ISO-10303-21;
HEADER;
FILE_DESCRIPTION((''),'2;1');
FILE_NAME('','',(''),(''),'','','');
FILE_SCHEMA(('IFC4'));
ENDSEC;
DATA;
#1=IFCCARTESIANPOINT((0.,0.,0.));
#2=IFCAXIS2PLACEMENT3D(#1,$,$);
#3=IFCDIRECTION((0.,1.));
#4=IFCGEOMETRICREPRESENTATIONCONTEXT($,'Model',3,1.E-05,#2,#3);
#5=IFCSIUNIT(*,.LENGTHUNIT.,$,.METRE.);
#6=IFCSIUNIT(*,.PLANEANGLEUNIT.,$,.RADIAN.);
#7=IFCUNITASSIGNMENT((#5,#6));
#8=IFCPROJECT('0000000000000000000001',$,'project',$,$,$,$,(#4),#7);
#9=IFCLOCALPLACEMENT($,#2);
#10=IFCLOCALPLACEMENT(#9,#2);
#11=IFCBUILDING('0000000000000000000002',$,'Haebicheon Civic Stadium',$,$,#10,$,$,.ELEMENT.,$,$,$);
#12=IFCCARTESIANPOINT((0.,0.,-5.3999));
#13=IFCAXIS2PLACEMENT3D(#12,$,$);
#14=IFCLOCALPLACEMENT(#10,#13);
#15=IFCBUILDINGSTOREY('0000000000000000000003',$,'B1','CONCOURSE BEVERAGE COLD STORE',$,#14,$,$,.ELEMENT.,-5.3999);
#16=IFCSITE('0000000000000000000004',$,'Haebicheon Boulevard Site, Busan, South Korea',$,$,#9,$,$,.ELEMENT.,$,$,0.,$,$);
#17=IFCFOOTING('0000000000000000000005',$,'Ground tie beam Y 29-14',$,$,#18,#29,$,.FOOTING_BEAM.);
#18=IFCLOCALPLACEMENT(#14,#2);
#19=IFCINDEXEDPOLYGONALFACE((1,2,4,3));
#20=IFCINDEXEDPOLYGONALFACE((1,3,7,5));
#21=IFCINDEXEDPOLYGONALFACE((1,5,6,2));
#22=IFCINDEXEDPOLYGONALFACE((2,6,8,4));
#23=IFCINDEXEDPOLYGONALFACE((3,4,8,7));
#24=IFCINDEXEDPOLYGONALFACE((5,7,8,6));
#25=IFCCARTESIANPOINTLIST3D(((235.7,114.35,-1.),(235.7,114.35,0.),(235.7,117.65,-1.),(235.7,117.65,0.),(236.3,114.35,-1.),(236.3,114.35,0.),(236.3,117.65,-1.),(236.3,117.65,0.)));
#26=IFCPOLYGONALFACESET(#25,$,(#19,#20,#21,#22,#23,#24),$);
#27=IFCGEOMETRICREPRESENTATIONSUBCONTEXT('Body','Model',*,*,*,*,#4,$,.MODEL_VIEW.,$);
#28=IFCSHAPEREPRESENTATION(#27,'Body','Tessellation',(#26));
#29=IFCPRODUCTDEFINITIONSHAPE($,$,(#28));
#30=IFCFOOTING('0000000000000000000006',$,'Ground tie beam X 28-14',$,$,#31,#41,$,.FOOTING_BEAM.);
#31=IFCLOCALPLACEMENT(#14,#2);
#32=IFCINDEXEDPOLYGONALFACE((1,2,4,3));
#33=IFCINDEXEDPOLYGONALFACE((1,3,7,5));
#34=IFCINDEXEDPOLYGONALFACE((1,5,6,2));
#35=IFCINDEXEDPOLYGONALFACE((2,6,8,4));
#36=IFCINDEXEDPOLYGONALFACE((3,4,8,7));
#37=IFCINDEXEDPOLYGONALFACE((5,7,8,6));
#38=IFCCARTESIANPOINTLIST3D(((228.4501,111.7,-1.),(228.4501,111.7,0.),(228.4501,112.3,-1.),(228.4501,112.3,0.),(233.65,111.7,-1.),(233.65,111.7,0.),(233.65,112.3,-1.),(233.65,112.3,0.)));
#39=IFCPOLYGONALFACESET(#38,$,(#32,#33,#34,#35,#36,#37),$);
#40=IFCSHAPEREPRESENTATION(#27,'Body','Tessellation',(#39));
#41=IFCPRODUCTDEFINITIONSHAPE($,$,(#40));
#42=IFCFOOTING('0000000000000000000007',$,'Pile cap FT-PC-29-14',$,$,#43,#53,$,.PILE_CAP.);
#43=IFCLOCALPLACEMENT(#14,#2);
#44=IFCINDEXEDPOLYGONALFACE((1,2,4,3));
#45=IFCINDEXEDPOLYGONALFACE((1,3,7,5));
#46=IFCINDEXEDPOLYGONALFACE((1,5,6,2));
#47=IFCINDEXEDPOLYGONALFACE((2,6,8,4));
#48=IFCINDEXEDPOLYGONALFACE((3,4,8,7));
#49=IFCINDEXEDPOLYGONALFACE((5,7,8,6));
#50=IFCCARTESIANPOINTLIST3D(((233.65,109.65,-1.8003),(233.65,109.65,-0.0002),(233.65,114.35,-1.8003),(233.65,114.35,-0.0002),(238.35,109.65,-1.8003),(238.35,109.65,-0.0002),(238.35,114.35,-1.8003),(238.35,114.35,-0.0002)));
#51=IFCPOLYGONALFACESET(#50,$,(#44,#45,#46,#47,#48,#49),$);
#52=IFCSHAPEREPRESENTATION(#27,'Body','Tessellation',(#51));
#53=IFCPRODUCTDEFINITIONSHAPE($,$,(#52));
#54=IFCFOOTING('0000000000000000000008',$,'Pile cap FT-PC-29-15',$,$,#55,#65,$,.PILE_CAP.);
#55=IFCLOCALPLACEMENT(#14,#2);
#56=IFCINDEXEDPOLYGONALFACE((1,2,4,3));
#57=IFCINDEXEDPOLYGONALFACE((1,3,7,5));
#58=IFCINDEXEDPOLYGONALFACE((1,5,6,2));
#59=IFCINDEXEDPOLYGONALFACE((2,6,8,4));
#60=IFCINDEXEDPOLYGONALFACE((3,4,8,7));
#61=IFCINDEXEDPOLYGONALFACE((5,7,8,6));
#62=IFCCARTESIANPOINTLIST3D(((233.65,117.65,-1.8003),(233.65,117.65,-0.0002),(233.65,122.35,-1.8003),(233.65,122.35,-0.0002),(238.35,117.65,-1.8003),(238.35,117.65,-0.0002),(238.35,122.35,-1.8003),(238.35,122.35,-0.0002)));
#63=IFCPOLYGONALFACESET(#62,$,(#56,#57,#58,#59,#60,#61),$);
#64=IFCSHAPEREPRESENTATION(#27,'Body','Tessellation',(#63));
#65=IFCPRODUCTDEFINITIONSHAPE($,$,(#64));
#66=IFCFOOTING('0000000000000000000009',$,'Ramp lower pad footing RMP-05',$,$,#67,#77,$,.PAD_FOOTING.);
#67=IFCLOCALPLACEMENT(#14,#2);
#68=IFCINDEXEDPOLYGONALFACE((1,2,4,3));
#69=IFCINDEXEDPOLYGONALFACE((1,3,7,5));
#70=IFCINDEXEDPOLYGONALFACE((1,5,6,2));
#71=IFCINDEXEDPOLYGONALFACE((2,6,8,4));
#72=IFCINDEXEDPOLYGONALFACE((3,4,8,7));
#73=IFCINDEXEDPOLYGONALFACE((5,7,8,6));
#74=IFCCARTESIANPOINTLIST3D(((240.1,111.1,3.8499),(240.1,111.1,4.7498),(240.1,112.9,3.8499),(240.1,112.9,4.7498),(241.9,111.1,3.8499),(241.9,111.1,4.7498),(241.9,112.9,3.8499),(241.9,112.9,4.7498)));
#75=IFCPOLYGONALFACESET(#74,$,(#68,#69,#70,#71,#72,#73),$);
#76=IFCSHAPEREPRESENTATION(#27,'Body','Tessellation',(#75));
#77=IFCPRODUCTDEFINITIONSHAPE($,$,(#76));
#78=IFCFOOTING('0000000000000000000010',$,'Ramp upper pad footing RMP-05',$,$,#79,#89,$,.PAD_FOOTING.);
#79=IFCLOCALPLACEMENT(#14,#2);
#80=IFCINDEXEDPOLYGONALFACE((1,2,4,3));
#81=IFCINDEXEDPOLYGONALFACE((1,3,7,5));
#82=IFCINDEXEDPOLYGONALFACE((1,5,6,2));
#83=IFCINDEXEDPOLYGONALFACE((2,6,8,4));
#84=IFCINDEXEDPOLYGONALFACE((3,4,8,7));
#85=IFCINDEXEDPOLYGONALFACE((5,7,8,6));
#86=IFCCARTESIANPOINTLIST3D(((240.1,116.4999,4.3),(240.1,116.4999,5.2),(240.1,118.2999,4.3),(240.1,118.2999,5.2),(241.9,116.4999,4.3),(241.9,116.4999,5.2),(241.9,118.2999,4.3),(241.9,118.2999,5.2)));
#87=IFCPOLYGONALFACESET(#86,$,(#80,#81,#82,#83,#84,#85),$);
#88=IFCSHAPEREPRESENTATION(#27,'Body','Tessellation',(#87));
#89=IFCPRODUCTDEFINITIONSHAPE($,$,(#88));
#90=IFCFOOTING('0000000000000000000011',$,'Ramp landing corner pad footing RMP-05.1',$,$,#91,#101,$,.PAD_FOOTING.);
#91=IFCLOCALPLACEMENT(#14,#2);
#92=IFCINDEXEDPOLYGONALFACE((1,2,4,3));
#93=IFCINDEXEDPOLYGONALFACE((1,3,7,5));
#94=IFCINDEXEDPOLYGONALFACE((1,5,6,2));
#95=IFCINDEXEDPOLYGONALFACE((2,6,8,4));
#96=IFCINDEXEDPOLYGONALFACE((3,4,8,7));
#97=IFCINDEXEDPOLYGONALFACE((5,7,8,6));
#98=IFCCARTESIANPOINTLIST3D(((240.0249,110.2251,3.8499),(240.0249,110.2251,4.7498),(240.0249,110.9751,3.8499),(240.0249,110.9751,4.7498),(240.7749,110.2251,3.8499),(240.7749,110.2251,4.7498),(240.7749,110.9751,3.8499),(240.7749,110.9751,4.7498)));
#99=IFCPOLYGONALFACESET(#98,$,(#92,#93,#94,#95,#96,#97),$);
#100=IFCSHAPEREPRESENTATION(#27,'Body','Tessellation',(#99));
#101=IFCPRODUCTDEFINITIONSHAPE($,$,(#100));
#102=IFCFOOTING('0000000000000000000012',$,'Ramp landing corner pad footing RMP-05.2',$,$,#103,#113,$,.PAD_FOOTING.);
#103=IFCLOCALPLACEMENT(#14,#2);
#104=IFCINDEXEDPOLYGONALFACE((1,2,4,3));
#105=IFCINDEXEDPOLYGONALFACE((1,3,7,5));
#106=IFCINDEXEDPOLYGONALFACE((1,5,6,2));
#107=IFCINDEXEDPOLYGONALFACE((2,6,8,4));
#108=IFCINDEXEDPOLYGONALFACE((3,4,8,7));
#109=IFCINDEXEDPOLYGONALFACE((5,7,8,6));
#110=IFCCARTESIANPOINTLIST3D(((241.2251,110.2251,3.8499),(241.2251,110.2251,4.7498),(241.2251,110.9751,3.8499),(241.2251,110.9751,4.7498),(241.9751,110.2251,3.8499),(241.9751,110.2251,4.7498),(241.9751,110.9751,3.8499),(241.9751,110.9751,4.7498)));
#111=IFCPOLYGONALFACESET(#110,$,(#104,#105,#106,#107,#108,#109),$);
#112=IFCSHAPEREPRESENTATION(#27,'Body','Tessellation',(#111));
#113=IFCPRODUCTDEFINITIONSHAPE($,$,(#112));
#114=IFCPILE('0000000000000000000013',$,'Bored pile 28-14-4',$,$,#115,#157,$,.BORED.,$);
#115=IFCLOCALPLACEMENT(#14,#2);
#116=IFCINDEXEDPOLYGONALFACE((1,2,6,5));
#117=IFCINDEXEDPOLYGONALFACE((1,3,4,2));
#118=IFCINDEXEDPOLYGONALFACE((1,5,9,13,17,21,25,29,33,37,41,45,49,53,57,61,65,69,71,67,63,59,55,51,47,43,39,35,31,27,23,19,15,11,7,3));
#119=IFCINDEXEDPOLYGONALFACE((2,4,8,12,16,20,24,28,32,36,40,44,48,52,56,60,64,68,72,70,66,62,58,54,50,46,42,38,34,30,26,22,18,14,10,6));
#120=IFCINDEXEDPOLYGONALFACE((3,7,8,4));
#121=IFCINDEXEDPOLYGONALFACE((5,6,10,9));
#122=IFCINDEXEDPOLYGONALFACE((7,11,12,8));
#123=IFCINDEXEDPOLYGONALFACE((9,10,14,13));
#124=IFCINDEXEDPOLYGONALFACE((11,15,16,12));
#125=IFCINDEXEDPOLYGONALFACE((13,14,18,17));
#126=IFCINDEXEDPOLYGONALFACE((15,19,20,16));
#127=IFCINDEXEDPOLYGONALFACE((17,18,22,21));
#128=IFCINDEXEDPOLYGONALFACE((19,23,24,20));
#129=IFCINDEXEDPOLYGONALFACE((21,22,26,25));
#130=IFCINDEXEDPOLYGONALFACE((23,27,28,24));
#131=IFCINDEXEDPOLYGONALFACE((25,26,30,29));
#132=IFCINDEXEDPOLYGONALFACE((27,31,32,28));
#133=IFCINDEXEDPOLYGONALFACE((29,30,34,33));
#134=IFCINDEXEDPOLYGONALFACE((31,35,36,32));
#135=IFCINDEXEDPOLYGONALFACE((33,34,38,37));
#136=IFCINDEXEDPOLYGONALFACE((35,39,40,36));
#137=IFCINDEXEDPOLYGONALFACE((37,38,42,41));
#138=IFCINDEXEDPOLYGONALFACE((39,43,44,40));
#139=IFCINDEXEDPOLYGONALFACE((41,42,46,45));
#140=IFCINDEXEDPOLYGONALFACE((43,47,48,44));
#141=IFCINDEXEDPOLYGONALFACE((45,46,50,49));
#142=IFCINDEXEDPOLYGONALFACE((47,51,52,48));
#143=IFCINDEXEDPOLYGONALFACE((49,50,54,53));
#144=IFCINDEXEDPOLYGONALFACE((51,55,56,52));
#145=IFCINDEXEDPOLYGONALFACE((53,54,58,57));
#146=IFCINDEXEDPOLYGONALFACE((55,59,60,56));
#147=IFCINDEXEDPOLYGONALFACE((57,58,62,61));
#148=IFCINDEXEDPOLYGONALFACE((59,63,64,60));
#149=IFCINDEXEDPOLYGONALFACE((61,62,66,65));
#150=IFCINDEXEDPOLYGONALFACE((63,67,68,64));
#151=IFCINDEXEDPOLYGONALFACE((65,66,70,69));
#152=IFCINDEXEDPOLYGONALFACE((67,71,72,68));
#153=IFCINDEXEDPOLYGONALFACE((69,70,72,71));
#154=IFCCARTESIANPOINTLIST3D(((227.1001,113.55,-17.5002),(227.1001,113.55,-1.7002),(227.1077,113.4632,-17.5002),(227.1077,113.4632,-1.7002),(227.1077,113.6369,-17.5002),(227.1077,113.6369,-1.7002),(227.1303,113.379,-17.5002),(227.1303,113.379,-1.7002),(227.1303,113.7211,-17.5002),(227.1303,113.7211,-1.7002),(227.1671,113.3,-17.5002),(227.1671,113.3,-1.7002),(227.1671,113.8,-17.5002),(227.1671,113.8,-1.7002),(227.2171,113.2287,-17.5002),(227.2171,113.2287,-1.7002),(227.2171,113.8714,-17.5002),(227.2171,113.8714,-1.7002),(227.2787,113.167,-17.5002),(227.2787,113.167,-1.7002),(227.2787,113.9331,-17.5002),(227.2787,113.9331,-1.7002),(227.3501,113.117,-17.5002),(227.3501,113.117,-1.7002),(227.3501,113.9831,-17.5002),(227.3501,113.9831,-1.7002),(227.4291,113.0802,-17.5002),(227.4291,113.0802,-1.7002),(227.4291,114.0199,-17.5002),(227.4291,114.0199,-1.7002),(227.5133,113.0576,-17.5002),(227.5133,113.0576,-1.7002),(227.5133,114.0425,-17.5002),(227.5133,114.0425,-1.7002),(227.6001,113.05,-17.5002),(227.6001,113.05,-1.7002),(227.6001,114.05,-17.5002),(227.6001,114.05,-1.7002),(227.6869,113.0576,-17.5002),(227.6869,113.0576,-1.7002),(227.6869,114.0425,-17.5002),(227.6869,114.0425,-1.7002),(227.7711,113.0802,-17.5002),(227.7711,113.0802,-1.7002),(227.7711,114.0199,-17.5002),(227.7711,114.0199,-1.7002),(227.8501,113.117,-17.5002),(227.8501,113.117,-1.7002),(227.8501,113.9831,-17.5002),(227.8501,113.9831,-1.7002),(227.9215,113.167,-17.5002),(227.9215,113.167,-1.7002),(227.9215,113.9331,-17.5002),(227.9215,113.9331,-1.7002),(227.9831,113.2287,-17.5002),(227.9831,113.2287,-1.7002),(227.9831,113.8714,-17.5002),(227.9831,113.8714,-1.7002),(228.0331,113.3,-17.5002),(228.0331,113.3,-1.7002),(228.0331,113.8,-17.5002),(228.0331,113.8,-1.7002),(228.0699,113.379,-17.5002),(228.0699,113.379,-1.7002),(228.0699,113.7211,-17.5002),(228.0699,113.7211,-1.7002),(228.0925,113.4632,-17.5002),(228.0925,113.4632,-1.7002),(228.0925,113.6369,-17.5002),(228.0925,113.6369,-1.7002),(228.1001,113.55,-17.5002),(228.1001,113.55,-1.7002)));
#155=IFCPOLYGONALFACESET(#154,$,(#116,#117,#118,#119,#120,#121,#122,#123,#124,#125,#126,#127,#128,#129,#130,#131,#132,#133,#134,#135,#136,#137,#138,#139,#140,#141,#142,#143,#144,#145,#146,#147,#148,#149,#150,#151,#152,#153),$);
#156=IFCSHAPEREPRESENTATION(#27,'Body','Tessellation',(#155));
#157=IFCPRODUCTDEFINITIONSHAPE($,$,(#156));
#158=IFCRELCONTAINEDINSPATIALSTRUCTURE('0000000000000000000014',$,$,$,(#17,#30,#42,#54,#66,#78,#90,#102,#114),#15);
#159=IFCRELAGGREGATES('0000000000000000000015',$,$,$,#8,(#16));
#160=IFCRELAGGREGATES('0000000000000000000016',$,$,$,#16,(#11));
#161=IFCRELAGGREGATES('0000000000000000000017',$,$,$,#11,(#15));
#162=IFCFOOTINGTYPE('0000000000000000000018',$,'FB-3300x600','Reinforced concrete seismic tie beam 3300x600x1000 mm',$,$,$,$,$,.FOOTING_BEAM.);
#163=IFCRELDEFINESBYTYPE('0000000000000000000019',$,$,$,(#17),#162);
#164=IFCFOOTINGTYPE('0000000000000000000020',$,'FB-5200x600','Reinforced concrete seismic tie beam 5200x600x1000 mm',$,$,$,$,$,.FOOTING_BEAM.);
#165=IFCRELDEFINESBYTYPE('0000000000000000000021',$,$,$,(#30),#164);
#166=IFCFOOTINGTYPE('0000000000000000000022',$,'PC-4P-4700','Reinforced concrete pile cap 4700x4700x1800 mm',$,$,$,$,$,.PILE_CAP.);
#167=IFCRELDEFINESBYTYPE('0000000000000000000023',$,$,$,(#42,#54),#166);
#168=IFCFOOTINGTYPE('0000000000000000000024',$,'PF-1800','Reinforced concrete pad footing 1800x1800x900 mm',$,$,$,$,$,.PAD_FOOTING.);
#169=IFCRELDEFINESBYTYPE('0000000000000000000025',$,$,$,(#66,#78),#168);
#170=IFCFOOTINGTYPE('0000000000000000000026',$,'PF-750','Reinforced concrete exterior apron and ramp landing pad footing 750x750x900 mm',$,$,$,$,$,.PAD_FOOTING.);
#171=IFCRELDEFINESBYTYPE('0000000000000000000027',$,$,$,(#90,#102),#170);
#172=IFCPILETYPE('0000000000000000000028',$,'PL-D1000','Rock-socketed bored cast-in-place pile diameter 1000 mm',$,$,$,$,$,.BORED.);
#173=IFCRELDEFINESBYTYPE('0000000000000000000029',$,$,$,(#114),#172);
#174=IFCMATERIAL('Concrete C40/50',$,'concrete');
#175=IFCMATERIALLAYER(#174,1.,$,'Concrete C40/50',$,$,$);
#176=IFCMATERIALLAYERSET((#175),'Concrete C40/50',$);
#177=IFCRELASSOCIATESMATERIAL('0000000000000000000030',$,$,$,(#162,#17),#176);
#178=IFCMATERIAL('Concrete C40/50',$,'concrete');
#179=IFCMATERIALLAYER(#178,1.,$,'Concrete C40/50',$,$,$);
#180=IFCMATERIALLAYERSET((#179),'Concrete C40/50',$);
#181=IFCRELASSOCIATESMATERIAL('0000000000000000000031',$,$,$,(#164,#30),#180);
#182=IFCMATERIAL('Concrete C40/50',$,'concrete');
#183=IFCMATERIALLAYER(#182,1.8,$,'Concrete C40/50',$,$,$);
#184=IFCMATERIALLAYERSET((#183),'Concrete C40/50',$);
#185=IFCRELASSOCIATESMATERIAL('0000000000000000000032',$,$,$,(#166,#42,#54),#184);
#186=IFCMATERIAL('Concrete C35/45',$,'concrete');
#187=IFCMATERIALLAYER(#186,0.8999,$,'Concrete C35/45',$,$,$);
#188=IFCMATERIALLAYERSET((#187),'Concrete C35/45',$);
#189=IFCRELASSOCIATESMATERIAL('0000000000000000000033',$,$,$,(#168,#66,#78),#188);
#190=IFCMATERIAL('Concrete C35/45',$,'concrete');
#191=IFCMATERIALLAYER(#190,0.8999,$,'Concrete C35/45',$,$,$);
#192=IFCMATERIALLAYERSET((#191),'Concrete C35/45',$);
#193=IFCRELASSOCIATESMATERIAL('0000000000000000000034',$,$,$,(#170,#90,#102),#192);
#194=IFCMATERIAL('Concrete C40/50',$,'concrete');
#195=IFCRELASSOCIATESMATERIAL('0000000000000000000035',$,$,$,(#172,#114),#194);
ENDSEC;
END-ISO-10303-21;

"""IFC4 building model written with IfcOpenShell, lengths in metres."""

from ifc_helpers import new_model, si_unit, direction, frame, origin, origin_2d, place, context, subcontext, project, spatial, rectangle, circle, extrude, material, layer, layer_set, material_profile, profile_set, type_object, element, save


model = new_model("IFC4")

# Units and contexts
model_context = context("Model", 3, precision=1e-05, world=origin(), true_north=direction((0.0, 1.0)))
body_context = subcontext(model_context, "Body", "Model", "MODEL_VIEW")
ifc_project = project(units=[si_unit("LENGTHUNIT", "METRE"), si_unit("PLANEANGLEUNIT", "RADIAN")], contexts=[model_context])

# Site, building, storey
site_placement = place(None, origin())
site = spatial("IfcSite", under=ifc_project, at=site_placement, Name="Haebicheon Boulevard Site, Busan, South Korea", CompositionType="ELEMENT", RefElevation=0.0)
building_placement = place(site_placement, origin())
building = spatial("IfcBuilding", under=site, at=building_placement, Name="Haebicheon Civic Stadium", CompositionType="ELEMENT")
storey_placement = place(building_placement, frame((0.0, 0.0, -5.3999)))
storey = spatial("IfcBuildingStorey", under=building, at=storey_placement, Name="B1", Description="CONCOURSE BEVERAGE COLD STORE", CompositionType="ELEMENT", Elevation=-5.3999)

# Footings
ifc_material_1 = material(Name="Concrete C40/50", Category="concrete")
ifc_layer_1 = layer(ifc_material_1, 1.0, Name="Concrete C40/50")
ifc_layer_set_1 = layer_set([ifc_layer_1], Name="Concrete C40/50")
footing_type_1 = type_object("IfcFootingType", Name="FB-3300x600", Description="Reinforced concrete seismic tie beam 3300x600x1000 mm", PredefinedType="FOOTING_BEAM", material=ifc_layer_set_1)
footing_1_placement = place(storey_placement, frame((236.0, 116.0, -1.0), z_axis=(0.0, 0.0, 1.0), x_axis=(0.0, 1.0, 0.0)))
element("IfcFooting", 1, at=footing_1_placement, inside=storey, type_object=footing_type_1, material=ifc_layer_set_1, Name="Ground tie beam Y 29-14", PredefinedType="FOOTING_BEAM", context=body_context, shape_type="SweptSolid", body=[
    extrude(rectangle(XDim=3.3, YDim=0.6001, at=origin_2d()), origin(), (0.0, 0.0, 1.0), 1.0),
])
ifc_material_2 = material(Name="Concrete C40/50", Category="concrete")
ifc_layer_2 = layer(ifc_material_2, 1.0, Name="Concrete C40/50")
ifc_layer_set_2 = layer_set([ifc_layer_2], Name="Concrete C40/50")
footing_type_2 = type_object("IfcFootingType", Name="FB-5200x600", Description="Reinforced concrete seismic tie beam 5200x600x1000 mm", PredefinedType="FOOTING_BEAM", material=ifc_layer_set_2)
footing_2_placement = place(storey_placement, frame((231.05, 112.0, -1.0), z_axis=(0.0, 0.0, 1.0), x_axis=(1.0, 0.0, 0.0)))
element("IfcFooting", 2, at=footing_2_placement, inside=storey, type_object=footing_type_2, material=ifc_layer_set_2, Name="Ground tie beam X 28-14", PredefinedType="FOOTING_BEAM", context=body_context, shape_type="SweptSolid", body=[
    extrude(rectangle(XDim=5.2, YDim=0.6001, at=origin_2d()), origin(), (0.0, 0.0, 1.0), 1.0),
])
ifc_material_3 = material(Name="Concrete C40/50", Category="concrete")
ifc_layer_3 = layer(ifc_material_3, 1.8, Name="Concrete C40/50")
ifc_layer_set_3 = layer_set([ifc_layer_3], Name="Concrete C40/50")
footing_type_3 = type_object("IfcFootingType", Name="PC-4P-4700", Description="Reinforced concrete pile cap 4700x4700x1800 mm", PredefinedType="PILE_CAP", material=ifc_layer_set_3)
for number, where, z_axis, x_axis, name in (
    (3, (236.0, 112.0, -1.8003), (0.0, 0.0, 1.0), (1.0, 0.0, 0.0), "Pile cap FT-PC-29-14"),
    (4, (236.0, 120.0, -1.8003), (0.0, 0.0, 1.0), (1.0, 0.0, 0.0), "Pile cap FT-PC-29-15"),
):
    element("IfcFooting", number, at=place(storey_placement, frame(where, z_axis=z_axis, x_axis=x_axis)), inside=storey, type_object=footing_type_3, material=ifc_layer_set_3, Name=name, PredefinedType="PILE_CAP", context=body_context, shape_type="SweptSolid", body=[
        extrude(rectangle(XDim=4.7, YDim=4.7, at=origin_2d()), origin(), (0.0, 0.0, 1.0), 1.8),
    ])
ifc_material_4 = material(Name="Concrete C35/45", Category="concrete")
ifc_layer_4 = layer(ifc_material_4, 0.8999, Name="Concrete C35/45")
ifc_layer_set_4 = layer_set([ifc_layer_4], Name="Concrete C35/45")
footing_type_4 = type_object("IfcFootingType", Name="PF-1800", Description="Reinforced concrete pad footing 1800x1800x900 mm", PredefinedType="PAD_FOOTING", material=ifc_layer_set_4)
for number, where, z_axis, x_axis, name in (
    (5, (241.0, 112.0, 3.8499), (0.0, 0.0, 1.0), (1.0, 0.0, 0.0), "Ramp lower pad footing RMP-05"),
    (6, (241.0, 117.3999, 4.3), (0.0, 0.0, 1.0), (1.0, 0.0, 0.0), "Ramp upper pad footing RMP-05"),
):
    element("IfcFooting", number, at=place(storey_placement, frame(where, z_axis=z_axis, x_axis=x_axis)), inside=storey, type_object=footing_type_4, material=ifc_layer_set_4, Name=name, PredefinedType="PAD_FOOTING", context=body_context, shape_type="SweptSolid", body=[
        extrude(rectangle(XDim=1.8, YDim=1.8, at=origin_2d()), origin(), (0.0, 0.0, 1.0), 0.8999),
    ])
ifc_material_5 = material(Name="Concrete C35/45", Category="concrete")
ifc_layer_5 = layer(ifc_material_5, 0.8999, Name="Concrete C35/45")
ifc_layer_set_5 = layer_set([ifc_layer_5], Name="Concrete C35/45")
footing_type_5 = type_object("IfcFootingType", Name="PF-750", Description="Reinforced concrete exterior apron and ramp landing pad footing 750x750x900 mm", PredefinedType="PAD_FOOTING", material=ifc_layer_set_5)
for number, where, z_axis, x_axis, name in (
    (7, (240.3999, 110.6001, 3.8499), (0.0, 0.0, 1.0), (1.0, 0.0, 0.0), "Ramp landing corner pad footing RMP-05.1"),
    (8, (241.6001, 110.6001, 3.8499), (0.0, 0.0, 1.0), (1.0, 0.0, 0.0), "Ramp landing corner pad footing RMP-05.2"),
):
    element("IfcFooting", number, at=place(storey_placement, frame(where, z_axis=z_axis, x_axis=x_axis)), inside=storey, type_object=footing_type_5, material=ifc_layer_set_5, Name=name, PredefinedType="PAD_FOOTING", context=body_context, shape_type="SweptSolid", body=[
        extrude(rectangle(XDim=0.75, YDim=0.75, at=origin_2d()), origin(), (0.0, 0.0, 1.0), 0.8999),
    ])

# Pile
ifc_material_6 = material(Name="Concrete C40/50", Category="concrete")
ifc_material_profile_1 = material_profile(ifc_material_6, circle(Radius=0.5, at=origin_2d()), Name="PILE-D1000")
ifc_profile_set_1 = profile_set([ifc_material_profile_1], Name="Concrete C40/50")
pile_type = type_object("IfcPileType", Name="PL-D1000", Description="Rock-socketed bored cast-in-place pile diameter 1000 mm", PredefinedType="BORED", material=ifc_profile_set_1)
for number, where, z_axis, x_axis, name in (
    (9, (227.6001, 113.55, -1.7002), (0.0, 0.0, -1.0), (1.0, 0.0, 0.0), "Bored pile 28-14-4"),
):
    element("IfcPile", number, at=place(storey_placement, frame(where, z_axis=z_axis, x_axis=x_axis)), inside=storey, type_object=pile_type, material=ifc_profile_set_1, Name=name, PredefinedType="BORED", context=body_context, shape_type="SweptSolid", body=[
        extrude(circle(Radius=0.5, at=origin_2d()), origin(), (0.0, 0.0, 1.0), 15.8),
    ])

save(model, "model.ifc")
